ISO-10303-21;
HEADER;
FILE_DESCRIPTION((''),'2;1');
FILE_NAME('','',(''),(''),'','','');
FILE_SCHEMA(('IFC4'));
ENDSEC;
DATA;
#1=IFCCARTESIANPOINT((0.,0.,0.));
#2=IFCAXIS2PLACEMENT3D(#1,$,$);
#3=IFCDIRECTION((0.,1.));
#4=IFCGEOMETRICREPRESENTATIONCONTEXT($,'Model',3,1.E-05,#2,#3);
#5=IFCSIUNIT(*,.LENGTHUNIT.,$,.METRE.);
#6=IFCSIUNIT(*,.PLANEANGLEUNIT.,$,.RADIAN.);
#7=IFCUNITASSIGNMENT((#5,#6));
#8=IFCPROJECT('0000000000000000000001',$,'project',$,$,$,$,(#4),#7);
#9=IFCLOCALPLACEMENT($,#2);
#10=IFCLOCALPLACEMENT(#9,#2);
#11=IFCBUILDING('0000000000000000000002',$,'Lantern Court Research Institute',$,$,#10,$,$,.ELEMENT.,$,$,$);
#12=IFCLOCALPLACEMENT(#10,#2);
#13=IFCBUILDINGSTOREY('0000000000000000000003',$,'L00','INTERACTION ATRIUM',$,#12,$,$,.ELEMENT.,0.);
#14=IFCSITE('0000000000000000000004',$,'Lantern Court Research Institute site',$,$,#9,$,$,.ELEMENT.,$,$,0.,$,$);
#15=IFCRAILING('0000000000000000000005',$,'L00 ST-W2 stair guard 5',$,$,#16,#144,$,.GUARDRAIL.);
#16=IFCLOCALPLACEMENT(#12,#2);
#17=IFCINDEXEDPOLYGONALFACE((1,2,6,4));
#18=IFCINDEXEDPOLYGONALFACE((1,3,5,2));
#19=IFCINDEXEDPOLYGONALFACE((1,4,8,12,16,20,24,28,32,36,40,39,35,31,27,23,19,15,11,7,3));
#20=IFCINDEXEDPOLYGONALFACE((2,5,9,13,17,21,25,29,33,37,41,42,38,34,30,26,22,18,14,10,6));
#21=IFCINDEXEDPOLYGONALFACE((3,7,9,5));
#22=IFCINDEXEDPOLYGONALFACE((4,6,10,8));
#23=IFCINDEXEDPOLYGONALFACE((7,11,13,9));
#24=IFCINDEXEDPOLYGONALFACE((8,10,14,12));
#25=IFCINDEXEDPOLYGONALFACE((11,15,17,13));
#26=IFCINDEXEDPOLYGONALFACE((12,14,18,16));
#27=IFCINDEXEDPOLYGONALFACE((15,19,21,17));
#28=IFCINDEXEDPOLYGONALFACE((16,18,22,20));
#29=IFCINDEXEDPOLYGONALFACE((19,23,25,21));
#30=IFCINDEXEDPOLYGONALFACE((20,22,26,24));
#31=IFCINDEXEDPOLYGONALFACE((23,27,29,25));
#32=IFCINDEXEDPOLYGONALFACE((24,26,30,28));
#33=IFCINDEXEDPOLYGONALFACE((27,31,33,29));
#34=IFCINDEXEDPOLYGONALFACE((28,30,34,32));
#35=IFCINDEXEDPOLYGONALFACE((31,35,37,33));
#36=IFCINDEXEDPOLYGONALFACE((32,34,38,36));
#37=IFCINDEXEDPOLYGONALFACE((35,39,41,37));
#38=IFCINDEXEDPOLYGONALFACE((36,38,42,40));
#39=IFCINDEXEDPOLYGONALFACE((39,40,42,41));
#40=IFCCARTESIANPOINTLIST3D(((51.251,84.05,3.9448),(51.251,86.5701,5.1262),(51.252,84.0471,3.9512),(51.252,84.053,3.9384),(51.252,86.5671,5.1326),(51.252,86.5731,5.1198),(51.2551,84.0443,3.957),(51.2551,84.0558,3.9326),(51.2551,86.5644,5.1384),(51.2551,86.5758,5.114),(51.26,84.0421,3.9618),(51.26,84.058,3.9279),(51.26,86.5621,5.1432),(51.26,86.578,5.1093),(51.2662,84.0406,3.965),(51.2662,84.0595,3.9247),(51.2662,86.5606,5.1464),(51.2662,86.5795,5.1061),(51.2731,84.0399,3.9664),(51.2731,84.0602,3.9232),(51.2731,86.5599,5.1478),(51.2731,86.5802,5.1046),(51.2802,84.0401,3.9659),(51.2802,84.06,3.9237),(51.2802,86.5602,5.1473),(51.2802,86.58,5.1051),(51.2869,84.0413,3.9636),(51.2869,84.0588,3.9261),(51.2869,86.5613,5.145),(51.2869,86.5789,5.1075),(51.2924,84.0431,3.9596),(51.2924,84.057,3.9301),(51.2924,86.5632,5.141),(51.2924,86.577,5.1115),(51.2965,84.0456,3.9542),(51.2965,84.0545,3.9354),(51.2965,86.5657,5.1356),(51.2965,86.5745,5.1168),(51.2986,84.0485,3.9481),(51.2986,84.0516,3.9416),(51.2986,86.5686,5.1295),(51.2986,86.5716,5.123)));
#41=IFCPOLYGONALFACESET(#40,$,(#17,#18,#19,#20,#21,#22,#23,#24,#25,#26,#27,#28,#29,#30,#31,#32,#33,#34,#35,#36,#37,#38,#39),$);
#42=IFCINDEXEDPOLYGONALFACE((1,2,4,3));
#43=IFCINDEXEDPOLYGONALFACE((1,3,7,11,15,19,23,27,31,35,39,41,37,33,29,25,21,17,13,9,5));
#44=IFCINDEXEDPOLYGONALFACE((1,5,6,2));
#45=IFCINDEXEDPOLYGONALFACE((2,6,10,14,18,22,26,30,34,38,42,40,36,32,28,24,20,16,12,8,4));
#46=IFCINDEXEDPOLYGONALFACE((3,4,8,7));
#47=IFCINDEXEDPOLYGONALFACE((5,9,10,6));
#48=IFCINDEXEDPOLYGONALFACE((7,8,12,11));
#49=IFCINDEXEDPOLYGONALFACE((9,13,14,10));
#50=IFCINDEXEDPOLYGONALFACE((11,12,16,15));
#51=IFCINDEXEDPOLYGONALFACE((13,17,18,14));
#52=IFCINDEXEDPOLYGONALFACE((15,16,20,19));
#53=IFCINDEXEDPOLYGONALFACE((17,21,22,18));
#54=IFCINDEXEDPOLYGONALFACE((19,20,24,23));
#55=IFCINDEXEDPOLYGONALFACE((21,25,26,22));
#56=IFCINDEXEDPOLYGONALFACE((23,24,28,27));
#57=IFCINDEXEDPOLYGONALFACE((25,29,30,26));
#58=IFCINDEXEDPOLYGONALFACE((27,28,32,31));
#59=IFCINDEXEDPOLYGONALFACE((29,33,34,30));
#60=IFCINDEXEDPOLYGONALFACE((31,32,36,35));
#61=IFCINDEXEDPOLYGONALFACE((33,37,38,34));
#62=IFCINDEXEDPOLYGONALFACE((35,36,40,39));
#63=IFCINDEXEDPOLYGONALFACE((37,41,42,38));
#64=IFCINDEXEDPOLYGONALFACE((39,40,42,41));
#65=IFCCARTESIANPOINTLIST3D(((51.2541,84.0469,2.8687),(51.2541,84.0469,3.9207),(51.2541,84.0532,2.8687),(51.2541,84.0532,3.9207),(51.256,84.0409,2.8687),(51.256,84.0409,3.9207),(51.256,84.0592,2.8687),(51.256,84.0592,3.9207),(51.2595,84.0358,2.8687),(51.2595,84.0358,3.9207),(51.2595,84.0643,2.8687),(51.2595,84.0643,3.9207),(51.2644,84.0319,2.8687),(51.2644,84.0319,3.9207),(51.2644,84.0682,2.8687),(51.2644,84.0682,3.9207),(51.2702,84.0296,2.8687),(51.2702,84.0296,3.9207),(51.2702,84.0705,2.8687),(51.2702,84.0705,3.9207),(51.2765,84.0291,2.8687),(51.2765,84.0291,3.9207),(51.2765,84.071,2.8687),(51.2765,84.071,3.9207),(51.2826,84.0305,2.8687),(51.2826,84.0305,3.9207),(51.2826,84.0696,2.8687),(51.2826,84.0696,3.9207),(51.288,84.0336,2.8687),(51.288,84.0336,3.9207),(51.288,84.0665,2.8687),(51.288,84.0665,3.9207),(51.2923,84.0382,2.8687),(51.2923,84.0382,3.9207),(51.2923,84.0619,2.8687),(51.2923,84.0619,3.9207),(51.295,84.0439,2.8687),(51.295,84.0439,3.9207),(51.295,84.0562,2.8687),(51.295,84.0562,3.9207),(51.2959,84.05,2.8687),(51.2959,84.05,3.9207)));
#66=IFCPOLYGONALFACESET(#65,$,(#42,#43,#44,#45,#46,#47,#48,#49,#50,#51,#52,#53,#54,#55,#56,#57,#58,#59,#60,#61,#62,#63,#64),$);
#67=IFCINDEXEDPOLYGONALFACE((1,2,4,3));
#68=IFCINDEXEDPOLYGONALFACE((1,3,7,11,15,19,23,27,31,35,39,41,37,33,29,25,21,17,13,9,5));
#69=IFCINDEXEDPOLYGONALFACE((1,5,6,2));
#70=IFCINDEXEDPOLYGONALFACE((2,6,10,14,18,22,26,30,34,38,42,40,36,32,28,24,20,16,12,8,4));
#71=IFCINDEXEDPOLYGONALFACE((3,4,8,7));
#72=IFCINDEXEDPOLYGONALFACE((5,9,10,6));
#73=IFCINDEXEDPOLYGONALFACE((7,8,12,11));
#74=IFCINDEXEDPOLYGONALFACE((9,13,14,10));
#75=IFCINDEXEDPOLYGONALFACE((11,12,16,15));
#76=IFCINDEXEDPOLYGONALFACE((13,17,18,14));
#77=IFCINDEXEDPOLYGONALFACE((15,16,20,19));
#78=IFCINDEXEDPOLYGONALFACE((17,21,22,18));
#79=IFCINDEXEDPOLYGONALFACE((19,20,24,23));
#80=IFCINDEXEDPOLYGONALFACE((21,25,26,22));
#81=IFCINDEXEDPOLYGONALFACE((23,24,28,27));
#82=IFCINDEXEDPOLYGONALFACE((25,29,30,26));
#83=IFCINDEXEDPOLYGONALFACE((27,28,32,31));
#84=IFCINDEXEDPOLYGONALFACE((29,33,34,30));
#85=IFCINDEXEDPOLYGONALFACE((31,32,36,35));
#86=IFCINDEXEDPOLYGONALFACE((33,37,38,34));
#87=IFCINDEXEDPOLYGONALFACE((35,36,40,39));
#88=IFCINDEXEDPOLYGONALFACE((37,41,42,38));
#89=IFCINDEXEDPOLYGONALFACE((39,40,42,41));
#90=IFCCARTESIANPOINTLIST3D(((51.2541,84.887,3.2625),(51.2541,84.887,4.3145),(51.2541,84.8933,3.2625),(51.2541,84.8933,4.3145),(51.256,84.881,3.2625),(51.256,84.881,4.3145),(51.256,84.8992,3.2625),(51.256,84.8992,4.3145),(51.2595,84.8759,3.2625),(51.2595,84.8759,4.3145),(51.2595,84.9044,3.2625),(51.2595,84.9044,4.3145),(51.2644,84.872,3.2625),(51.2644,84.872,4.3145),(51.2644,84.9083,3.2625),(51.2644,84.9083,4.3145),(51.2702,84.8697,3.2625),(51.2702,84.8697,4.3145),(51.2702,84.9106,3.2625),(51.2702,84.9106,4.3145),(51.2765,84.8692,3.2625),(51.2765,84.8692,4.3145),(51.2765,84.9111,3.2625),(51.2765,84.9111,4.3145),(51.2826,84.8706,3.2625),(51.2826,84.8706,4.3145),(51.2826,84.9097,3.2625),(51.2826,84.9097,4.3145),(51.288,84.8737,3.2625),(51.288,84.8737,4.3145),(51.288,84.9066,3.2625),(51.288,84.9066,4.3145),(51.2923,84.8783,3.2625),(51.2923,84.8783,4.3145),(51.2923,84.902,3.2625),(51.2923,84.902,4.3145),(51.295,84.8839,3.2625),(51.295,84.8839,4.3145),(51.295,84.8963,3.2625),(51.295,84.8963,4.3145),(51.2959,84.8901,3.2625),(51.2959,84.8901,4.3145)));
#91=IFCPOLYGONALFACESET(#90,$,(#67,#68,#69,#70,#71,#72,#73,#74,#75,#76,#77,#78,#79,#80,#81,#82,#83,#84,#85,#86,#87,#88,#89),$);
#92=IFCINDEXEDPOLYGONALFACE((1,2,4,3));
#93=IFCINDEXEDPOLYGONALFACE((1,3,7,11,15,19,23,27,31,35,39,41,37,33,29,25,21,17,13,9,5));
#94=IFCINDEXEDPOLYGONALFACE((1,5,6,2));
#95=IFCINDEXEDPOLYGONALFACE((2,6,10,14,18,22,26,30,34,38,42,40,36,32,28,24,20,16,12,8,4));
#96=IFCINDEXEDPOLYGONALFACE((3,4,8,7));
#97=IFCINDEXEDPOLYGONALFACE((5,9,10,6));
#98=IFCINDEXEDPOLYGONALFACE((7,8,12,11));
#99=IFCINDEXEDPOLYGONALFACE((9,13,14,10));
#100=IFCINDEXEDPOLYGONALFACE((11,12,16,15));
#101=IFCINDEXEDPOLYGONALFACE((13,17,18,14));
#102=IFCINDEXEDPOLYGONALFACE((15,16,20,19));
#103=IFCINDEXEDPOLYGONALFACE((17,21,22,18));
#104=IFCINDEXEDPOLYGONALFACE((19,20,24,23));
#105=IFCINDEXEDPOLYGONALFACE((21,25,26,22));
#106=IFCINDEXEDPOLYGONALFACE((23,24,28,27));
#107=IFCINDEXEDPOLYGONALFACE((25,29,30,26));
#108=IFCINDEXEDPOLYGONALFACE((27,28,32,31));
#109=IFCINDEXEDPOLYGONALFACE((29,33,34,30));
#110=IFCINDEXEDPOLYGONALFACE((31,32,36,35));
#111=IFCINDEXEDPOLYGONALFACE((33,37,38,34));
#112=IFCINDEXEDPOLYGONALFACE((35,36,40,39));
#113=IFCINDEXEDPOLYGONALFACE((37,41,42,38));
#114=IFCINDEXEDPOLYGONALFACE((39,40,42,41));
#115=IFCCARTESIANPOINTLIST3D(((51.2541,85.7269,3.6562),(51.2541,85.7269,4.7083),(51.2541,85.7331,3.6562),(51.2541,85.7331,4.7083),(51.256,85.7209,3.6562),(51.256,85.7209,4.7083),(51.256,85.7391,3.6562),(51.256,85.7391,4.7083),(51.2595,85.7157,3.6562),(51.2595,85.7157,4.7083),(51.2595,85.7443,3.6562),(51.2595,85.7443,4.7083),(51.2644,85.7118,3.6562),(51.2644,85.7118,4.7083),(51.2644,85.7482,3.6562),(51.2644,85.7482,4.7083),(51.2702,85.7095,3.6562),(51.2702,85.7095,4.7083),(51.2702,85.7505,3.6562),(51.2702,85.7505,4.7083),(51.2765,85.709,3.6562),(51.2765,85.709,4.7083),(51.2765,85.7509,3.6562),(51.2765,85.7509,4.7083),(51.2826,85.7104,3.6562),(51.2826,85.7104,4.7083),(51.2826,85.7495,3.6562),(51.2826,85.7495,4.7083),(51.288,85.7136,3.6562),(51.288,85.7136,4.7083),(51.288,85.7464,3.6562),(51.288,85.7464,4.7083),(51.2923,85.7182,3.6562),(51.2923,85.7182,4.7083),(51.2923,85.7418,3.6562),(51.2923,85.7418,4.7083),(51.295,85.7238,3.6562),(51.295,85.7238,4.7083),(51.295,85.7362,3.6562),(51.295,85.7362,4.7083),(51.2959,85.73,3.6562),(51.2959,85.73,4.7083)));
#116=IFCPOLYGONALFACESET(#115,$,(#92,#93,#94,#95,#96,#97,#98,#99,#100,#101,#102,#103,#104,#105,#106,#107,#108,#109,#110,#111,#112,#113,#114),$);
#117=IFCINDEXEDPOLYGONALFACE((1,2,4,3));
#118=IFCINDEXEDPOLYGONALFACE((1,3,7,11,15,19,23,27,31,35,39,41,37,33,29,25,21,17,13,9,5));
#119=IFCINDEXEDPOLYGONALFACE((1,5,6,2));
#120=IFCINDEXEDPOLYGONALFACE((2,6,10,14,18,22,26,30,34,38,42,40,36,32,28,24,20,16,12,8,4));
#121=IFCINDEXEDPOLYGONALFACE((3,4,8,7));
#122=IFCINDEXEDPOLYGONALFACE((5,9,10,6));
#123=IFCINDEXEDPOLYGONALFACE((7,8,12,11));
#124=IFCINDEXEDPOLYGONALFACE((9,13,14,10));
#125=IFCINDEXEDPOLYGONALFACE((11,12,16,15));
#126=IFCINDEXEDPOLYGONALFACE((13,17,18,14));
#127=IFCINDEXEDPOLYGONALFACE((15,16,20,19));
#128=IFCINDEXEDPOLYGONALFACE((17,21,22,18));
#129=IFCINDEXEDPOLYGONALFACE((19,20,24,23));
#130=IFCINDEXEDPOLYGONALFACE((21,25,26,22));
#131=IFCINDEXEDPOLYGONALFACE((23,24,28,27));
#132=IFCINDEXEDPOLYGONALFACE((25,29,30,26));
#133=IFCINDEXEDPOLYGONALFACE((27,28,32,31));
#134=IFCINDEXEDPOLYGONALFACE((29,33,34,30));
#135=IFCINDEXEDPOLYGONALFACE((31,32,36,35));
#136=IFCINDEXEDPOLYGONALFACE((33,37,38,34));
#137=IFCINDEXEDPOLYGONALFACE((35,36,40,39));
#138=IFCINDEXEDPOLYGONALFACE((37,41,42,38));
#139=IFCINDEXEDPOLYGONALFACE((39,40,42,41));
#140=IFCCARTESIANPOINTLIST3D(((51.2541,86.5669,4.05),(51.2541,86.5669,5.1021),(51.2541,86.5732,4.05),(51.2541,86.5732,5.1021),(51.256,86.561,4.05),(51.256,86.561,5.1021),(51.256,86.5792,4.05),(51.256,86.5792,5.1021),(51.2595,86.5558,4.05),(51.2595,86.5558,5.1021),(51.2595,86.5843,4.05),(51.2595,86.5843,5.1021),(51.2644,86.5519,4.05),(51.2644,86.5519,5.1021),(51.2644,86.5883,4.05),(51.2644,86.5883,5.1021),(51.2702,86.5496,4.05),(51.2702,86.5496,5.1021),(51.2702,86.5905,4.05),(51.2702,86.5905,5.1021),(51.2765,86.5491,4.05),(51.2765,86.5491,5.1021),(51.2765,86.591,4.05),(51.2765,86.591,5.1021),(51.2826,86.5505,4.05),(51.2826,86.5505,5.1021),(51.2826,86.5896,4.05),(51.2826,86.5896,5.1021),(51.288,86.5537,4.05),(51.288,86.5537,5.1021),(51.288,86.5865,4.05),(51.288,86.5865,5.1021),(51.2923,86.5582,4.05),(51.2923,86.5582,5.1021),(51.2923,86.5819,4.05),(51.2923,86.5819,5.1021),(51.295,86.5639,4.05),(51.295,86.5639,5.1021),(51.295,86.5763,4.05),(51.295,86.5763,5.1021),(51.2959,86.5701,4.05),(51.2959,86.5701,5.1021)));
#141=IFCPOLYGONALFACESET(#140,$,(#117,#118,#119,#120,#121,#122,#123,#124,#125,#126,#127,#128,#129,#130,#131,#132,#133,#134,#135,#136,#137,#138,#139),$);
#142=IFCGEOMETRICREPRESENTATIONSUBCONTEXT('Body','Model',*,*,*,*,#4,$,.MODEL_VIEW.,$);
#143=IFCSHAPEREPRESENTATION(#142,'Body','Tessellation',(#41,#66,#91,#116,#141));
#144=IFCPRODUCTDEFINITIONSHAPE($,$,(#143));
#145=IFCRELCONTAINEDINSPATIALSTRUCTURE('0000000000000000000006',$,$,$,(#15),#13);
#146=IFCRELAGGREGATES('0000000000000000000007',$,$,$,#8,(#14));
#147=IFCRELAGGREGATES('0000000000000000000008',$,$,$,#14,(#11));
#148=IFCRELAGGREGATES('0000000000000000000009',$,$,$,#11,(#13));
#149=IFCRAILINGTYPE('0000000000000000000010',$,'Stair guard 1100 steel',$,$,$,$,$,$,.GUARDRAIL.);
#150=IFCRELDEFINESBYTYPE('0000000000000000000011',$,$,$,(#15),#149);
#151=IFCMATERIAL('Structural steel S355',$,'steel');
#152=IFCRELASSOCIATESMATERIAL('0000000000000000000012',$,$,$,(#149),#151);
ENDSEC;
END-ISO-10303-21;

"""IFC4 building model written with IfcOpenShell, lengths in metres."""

from ifc_helpers import new_model, si_unit, direction, frame, origin, origin_2d, place, context, subcontext, project, spatial, circle, extrude, material, type_object, element, save


model = new_model("IFC4")

# Units and contexts
model_context = context("Model", 3, precision=1e-05, world=origin(), true_north=direction((0.0, 1.0)))
body_context = subcontext(model_context, "Body", "Model", "MODEL_VIEW")
ifc_project = project(units=[si_unit("LENGTHUNIT", "METRE"), si_unit("PLANEANGLEUNIT", "RADIAN")], contexts=[model_context])

# Site, building, storey
site_placement = place(None, origin())
site = spatial("IfcSite", under=ifc_project, at=site_placement, Name="Lantern Court Research Institute site", CompositionType="ELEMENT", RefElevation=0.0)
building_placement = place(site_placement, origin())
building = spatial("IfcBuilding", under=site, at=building_placement, Name="Lantern Court Research Institute", CompositionType="ELEMENT")
storey_placement = place(building_placement, origin())
storey = spatial("IfcBuildingStorey", under=building, at=storey_placement, Name="L00", Description="INTERACTION ATRIUM", CompositionType="ELEMENT", Elevation=0.0)

# Railing
ifc_material_1 = material(Name="Structural steel S355", Category="steel")
railing_type_1 = type_object("IfcRailingType", Name="Stair guard 1100 steel", PredefinedType="GUARDRAIL", material=ifc_material_1)
railing_1_placement = place(storey_placement, frame((51.2749, 84.05, 2.8687)))
element("IfcRailing", 1, at=railing_1_placement, inside=storey, type_object=railing_type_1, Name="L00 ST-W2 stair guard 5", PredefinedType="GUARDRAIL", context=body_context, shape_type="SweptSolid", body=[
    extrude(circle(Radius=0.0239, at=origin_2d()), frame((0.0, 0.0, 1.0762), z_axis=(0.0, 0.90544, 0.424474), x_axis=(-1.0, 0.0, 0.0)), (0.0, 0.0, 1.0), 2.7832),
    extrude(circle(Radius=0.021, at=origin_2d()), origin(), (0.0, 0.0, 1.0), 1.052),
    extrude(circle(Radius=0.021, at=origin_2d()), frame((0.0, 0.8401, 0.3938)), (0.0, 0.0, 1.0), 1.052),
    extrude(circle(Radius=0.021, at=origin_2d()), frame((0.0, 1.6799, 0.7876)), (0.0, 0.0, 1.0), 1.052),
    extrude(circle(Radius=0.021, at=origin_2d()), frame((0.0, 2.52, 1.1814)), (0.0, 0.0, 1.0), 1.052),
])

save(model, "model.ifc")
